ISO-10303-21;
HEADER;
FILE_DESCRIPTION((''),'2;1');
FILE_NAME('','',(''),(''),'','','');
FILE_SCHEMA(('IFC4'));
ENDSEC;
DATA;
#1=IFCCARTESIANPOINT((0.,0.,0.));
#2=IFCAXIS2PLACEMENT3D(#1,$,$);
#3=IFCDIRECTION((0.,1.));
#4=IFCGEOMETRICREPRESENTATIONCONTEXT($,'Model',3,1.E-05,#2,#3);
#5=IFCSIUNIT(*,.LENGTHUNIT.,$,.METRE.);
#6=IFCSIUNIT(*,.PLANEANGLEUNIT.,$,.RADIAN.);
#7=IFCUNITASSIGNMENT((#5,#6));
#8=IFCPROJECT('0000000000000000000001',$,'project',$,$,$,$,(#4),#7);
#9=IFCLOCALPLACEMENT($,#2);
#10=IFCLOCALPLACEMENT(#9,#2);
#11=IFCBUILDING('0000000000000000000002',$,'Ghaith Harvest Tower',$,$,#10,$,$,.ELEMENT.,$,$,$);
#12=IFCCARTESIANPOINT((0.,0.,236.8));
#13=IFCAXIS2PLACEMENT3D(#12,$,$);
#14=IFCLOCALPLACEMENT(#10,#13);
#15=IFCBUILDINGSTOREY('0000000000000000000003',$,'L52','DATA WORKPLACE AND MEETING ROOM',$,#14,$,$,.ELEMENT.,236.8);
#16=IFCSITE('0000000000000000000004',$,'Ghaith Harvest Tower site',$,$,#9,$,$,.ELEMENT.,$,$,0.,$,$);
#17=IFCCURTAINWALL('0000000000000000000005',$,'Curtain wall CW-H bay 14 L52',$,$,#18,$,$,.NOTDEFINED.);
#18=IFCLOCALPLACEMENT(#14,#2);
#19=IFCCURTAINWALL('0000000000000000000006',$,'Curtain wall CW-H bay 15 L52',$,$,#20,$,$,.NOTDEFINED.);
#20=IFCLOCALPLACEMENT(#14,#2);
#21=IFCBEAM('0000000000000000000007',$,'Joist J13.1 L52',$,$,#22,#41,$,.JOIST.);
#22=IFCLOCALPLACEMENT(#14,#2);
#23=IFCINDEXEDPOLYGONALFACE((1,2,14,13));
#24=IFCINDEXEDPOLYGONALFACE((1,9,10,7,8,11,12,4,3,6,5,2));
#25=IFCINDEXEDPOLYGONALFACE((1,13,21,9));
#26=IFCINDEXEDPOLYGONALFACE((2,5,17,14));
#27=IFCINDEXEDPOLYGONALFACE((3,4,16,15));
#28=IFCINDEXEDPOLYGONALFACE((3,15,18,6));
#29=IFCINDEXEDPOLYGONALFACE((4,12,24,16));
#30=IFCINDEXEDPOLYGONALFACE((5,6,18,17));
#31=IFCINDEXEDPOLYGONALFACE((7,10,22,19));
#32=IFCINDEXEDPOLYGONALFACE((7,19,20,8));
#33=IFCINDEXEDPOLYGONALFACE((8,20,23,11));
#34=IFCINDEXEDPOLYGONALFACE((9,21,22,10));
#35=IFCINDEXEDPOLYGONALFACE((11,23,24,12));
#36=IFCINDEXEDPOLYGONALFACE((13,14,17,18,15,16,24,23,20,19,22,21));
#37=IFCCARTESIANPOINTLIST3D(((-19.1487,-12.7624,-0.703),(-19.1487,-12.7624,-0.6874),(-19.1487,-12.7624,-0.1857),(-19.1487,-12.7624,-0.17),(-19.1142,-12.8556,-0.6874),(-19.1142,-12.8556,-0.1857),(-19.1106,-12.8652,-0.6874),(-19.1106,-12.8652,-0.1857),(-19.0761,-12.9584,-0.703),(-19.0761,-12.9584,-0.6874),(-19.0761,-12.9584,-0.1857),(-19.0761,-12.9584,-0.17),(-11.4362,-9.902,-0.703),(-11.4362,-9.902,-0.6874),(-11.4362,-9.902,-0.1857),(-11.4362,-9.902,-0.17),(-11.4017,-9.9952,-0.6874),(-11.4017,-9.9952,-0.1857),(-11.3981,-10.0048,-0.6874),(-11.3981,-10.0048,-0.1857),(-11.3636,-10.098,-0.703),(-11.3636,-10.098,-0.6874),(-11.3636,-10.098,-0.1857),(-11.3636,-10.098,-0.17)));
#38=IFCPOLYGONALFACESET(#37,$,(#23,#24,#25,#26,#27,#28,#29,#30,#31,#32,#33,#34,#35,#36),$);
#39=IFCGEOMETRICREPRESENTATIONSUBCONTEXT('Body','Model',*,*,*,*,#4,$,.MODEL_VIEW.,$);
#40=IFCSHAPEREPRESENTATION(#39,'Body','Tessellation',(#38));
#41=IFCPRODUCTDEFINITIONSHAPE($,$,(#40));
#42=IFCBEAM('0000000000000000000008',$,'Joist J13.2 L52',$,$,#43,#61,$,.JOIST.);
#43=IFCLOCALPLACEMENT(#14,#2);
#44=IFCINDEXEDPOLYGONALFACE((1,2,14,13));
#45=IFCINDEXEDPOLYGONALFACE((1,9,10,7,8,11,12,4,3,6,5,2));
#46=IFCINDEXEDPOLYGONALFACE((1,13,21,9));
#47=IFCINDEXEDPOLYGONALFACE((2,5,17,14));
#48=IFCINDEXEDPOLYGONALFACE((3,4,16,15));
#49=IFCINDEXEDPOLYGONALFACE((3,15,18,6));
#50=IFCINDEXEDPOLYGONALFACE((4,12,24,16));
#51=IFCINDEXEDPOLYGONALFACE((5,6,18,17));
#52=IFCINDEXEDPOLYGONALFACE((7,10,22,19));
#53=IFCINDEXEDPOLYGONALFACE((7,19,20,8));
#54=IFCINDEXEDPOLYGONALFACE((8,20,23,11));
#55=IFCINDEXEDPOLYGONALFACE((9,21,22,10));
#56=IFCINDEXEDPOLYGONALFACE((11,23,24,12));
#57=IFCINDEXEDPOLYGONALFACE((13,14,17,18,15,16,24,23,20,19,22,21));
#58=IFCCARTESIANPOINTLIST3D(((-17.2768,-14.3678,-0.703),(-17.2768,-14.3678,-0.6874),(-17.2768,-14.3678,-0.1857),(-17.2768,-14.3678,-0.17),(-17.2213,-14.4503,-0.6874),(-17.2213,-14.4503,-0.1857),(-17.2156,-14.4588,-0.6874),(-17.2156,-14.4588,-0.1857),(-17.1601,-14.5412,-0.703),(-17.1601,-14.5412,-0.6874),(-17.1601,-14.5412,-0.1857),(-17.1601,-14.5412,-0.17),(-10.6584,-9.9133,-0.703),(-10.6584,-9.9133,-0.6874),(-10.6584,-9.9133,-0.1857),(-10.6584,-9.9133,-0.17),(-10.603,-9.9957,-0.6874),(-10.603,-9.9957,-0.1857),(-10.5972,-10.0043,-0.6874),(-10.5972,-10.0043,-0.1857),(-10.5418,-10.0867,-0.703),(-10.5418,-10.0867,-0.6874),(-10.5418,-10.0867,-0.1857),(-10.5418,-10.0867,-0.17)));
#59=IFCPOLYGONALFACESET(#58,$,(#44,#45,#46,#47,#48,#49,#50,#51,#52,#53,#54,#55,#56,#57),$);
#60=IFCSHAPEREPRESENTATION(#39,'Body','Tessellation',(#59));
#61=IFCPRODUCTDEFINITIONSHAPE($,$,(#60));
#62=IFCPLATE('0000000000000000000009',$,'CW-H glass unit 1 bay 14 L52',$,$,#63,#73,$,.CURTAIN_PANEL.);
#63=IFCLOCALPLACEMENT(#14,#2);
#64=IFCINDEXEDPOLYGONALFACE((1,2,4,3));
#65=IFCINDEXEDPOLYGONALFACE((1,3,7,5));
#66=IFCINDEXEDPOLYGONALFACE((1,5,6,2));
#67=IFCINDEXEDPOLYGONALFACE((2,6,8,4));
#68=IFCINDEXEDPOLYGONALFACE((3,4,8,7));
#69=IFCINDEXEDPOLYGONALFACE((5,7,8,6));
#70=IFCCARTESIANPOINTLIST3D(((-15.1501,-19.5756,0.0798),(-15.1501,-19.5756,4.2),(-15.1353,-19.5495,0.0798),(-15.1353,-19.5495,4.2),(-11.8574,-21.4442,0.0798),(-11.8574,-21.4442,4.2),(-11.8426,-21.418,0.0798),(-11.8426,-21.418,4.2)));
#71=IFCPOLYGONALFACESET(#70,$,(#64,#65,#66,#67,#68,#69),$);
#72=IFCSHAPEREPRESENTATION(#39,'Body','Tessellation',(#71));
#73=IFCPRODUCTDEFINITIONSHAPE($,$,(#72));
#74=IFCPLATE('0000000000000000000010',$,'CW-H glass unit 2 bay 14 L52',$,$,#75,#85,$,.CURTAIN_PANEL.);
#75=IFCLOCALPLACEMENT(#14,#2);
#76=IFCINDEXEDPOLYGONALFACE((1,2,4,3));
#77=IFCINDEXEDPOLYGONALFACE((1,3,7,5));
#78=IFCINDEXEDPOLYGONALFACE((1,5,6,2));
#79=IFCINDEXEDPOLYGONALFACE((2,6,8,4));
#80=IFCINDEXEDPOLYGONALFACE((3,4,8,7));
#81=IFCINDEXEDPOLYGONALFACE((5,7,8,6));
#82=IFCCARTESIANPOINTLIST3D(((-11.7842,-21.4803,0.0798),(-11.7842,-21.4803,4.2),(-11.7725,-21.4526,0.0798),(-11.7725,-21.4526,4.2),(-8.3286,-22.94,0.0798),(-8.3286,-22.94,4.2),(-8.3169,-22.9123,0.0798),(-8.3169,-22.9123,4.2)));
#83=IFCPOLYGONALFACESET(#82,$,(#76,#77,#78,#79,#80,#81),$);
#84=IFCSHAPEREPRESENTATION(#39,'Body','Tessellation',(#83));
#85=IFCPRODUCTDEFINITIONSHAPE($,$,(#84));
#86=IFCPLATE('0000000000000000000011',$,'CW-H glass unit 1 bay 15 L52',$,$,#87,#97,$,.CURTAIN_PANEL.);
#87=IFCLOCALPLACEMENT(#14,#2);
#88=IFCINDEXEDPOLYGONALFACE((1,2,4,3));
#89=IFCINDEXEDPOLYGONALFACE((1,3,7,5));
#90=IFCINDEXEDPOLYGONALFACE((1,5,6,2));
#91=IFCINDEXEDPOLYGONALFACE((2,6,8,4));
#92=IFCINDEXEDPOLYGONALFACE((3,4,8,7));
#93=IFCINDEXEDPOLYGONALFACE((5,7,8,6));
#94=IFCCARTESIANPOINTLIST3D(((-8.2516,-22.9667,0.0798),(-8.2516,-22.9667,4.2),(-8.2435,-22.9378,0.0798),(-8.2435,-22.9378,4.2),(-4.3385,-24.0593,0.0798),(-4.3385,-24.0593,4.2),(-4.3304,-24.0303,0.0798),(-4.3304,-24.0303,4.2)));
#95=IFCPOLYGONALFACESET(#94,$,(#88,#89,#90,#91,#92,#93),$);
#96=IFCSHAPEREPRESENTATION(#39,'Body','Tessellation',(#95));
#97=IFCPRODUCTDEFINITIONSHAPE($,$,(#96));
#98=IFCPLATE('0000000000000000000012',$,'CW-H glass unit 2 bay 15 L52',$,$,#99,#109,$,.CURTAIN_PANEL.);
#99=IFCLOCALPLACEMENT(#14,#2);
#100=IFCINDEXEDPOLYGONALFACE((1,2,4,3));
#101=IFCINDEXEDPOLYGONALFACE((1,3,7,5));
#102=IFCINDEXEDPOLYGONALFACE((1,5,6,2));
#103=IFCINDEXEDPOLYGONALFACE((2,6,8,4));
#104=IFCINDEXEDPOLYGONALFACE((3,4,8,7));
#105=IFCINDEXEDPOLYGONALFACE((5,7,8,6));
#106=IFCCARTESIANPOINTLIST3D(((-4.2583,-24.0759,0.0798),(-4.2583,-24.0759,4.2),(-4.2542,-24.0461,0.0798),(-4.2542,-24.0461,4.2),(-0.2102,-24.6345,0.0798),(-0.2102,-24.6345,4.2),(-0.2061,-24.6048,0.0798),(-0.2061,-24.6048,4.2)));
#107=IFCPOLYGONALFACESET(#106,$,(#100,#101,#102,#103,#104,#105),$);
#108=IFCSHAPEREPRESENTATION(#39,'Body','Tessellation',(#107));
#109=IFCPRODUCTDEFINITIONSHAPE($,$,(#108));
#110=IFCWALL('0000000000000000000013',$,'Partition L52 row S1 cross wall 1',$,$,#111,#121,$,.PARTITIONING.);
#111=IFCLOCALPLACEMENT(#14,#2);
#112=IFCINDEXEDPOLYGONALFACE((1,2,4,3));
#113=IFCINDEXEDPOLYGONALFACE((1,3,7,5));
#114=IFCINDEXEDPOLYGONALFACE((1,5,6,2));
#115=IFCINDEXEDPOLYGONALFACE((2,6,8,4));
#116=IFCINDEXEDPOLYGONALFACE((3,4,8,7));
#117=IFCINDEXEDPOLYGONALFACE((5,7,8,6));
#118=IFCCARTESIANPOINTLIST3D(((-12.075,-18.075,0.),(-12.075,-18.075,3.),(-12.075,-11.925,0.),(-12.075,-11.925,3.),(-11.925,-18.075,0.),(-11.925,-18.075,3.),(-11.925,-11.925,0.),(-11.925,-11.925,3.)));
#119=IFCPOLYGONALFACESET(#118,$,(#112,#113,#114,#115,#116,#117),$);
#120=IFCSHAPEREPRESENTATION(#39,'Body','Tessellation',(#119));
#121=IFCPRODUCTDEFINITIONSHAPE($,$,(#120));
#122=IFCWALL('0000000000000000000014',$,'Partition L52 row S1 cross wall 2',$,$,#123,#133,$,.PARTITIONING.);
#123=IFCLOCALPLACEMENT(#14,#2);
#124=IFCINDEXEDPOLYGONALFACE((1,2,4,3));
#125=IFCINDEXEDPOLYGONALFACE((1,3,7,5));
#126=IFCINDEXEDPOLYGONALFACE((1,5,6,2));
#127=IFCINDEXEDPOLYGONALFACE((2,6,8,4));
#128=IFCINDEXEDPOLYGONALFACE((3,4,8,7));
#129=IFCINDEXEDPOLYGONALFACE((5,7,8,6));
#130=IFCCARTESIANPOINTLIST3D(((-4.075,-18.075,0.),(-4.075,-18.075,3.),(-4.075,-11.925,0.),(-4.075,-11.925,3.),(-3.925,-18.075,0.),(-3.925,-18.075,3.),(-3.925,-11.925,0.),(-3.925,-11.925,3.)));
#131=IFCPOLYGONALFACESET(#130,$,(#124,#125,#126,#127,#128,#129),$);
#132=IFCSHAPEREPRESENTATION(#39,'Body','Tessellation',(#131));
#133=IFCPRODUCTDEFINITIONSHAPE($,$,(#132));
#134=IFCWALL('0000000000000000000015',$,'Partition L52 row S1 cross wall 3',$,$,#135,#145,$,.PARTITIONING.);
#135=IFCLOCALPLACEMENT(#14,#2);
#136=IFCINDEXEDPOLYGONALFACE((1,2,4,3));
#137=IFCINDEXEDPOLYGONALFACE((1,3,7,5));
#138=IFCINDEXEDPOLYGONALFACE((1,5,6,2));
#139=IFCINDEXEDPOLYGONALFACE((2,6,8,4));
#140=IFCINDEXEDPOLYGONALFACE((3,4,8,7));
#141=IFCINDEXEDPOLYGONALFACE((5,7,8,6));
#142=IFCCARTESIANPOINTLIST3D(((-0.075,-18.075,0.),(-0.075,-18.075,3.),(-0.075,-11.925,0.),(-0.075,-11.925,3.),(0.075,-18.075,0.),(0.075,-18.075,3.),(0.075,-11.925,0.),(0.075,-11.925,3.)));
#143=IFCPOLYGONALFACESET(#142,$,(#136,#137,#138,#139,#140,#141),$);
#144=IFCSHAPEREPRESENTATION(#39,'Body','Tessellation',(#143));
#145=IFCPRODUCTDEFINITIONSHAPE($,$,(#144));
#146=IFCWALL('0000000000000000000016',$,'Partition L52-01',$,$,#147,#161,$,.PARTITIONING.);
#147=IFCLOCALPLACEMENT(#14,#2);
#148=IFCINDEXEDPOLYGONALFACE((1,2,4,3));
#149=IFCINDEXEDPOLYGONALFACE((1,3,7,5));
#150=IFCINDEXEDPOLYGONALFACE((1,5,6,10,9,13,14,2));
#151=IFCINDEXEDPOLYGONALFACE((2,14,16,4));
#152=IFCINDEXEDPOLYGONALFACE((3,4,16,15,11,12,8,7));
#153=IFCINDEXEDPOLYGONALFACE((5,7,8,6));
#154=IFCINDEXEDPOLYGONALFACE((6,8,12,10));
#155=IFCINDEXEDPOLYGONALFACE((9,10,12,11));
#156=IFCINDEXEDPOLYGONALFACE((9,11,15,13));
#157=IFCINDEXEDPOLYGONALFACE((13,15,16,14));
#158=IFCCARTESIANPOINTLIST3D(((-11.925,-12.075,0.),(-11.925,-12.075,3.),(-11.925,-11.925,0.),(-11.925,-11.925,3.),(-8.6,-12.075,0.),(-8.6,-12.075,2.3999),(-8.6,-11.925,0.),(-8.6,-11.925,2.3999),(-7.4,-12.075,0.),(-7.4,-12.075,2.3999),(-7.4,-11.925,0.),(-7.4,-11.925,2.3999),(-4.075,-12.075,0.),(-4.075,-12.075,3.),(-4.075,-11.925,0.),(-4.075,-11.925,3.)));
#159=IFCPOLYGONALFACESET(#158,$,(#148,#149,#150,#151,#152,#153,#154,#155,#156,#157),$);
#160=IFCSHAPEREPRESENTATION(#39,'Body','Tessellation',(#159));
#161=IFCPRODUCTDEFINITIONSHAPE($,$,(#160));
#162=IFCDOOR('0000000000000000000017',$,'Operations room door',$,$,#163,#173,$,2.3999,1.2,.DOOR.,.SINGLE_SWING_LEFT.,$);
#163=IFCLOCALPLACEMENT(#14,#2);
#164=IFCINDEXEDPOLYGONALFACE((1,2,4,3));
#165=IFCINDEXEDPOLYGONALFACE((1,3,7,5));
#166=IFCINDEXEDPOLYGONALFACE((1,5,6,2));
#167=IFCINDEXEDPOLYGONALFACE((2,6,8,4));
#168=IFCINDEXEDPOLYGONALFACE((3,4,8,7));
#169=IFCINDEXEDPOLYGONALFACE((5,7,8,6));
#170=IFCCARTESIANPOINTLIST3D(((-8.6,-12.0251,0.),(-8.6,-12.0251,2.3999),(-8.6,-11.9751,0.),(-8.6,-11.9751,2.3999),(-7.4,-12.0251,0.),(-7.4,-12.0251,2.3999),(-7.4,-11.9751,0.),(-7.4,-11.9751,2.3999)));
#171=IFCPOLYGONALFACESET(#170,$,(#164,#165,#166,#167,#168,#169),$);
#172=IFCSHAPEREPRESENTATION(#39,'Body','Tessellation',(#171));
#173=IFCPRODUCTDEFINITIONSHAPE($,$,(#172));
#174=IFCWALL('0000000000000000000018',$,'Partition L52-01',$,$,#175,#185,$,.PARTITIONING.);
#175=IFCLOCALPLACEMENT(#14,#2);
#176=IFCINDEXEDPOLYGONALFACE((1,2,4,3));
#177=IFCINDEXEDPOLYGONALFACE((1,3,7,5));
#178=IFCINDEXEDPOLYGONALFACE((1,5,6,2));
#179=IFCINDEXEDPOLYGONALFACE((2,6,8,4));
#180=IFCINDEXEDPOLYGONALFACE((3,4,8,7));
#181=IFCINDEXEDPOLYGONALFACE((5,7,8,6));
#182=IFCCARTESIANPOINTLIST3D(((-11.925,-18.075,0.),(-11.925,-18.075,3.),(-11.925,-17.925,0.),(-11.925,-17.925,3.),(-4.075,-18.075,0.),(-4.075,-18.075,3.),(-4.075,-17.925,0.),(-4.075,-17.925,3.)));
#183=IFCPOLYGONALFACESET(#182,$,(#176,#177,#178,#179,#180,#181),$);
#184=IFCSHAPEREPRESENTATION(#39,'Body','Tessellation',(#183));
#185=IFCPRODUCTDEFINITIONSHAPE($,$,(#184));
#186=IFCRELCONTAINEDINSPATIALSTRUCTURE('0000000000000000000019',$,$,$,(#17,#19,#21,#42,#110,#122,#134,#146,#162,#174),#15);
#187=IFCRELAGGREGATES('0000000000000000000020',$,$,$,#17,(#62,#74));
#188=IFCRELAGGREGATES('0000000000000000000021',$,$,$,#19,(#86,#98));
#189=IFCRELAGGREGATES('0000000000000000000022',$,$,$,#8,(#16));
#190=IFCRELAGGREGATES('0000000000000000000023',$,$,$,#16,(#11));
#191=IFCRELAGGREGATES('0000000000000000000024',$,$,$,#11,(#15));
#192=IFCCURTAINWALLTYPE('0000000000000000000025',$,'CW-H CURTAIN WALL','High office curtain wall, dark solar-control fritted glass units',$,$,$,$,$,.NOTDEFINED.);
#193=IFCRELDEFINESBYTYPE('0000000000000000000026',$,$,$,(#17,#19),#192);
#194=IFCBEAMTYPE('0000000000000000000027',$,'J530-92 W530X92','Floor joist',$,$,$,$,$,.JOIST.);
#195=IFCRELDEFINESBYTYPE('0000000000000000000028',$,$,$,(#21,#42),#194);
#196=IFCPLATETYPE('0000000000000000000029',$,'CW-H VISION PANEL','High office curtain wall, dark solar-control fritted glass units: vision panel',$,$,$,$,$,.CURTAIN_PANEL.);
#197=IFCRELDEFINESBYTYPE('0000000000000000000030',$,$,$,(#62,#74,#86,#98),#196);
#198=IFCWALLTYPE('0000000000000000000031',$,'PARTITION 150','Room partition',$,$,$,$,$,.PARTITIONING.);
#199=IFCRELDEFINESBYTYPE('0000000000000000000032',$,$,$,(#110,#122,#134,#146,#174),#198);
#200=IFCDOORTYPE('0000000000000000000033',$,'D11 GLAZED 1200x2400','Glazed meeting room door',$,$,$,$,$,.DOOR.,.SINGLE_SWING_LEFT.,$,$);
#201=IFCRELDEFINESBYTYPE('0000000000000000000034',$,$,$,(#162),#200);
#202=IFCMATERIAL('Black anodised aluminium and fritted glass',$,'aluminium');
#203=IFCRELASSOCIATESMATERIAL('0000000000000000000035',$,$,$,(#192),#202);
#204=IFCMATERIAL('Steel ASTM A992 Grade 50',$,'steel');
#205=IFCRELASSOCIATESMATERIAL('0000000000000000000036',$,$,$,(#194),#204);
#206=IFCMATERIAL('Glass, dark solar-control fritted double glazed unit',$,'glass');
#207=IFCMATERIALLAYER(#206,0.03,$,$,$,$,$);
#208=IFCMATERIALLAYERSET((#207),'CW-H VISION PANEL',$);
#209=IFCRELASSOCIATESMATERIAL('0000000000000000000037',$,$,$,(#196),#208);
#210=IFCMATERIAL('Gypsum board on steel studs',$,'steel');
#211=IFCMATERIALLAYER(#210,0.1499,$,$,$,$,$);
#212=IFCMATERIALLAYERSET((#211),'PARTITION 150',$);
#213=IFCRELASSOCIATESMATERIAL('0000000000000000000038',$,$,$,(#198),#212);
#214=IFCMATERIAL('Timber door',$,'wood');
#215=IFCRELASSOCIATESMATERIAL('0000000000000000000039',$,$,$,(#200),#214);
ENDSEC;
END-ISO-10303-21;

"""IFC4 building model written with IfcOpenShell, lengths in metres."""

from ifc_helpers import new_model, si_unit, direction, frame, frame_2d, origin, origin_2d, place, context, subcontext, project, spatial, rectangle, i_section, extrude, material, layer, layer_set, material_profile, profile_set, type_object, element, fill, aggregate, save


model = new_model("IFC4")

# Units and contexts
model_context = context("Model", 3, precision=1e-05, world=origin(), true_north=direction((0.0, 1.0)))
body_context = subcontext(model_context, "Body", "Model", "MODEL_VIEW")
ifc_project = project(units=[si_unit("LENGTHUNIT", "METRE"), si_unit("PLANEANGLEUNIT", "RADIAN")], contexts=[model_context])

# Site, building, storey
site_placement = place(None, origin())
site = spatial("IfcSite", under=ifc_project, at=site_placement, Name="Ghaith Harvest Tower site", CompositionType="ELEMENT", RefElevation=0.0)
building_placement = place(site_placement, origin())
building = spatial("IfcBuilding", under=site, at=building_placement, Name="Ghaith Harvest Tower", CompositionType="ELEMENT")
storey_placement = place(building_placement, frame((0.0, 0.0, 236.8)))
storey = spatial("IfcBuildingStorey", under=building, at=storey_placement, Name="L52", Description="DATA WORKPLACE AND MEETING ROOM", CompositionType="ELEMENT", Elevation=236.8)

# Curtain wall
ifc_material_1 = material(Name="Black anodised aluminium and fritted glass", Category="aluminium")
curtain_wall_type = type_object("IfcCurtainWallType", Name="CW-H CURTAIN WALL", Description="High office curtain wall, dark solar-control fritted glass units", PredefinedType="NOTDEFINED", material=ifc_material_1)
curtain_wall_1_placement = place(storey_placement, origin())
curtain_wall_1 = element("IfcCurtainWall", 1, at=curtain_wall_1_placement, inside=storey, type_object=curtain_wall_type, Name="Curtain wall CW-H bay 14 L52", PredefinedType="NOTDEFINED")

# Curtain wall
curtain_wall_2_placement = place(storey_placement, origin())
curtain_wall_2 = element("IfcCurtainWall", 2, at=curtain_wall_2_placement, inside=storey, type_object=curtain_wall_type, Name="Curtain wall CW-H bay 15 L52", PredefinedType="NOTDEFINED")

# Beams
ifc_material_2 = material(Name="Steel ASTM A992 Grade 50", Category="steel")
ifc_material_profile_1 = material_profile(ifc_material_2, i_section(OverallWidth=0.209, OverallDepth=0.533, WebThickness=0.0103, FlangeThickness=0.0156, at=origin_2d()), Name="W530X92")
ifc_profile_set_1 = profile_set([ifc_material_profile_1], Name="Steel ASTM A992 Grade 50")
beam_type_1 = type_object("IfcBeamType", Name="J530-92 W530X92", Description="Floor joist", PredefinedType="JOIST", material=ifc_profile_set_1)
beam_1_placement = place(storey_placement, frame((-11.3999, -10.0, -0.4365), z_axis=(-0.937594, -0.347732, 0.0), x_axis=(0.347732, -0.937594, 0.0)))
element("IfcBeam", 3, at=beam_1_placement, inside=storey, type_object=beam_type_1, Name="Joist J13.1 L52", PredefinedType="JOIST", context=body_context, shape_type="SweptSolid", body=[
    extrude(i_section(OverallWidth=0.209, OverallDepth=0.533, WebThickness=0.0103, FlangeThickness=0.0156, at=origin_2d()), origin(), (0.0, 0.0, 1.0), 8.2258),
])
beam_2_placement = place(storey_placement, frame((-10.6001, -10.0, -0.4365), z_axis=(-0.829594, -0.558367, 0.0), x_axis=(0.558367, -0.829594, 0.0)))
element("IfcBeam", 4, at=beam_2_placement, inside=storey, type_object=beam_type_1, Name="Joist J13.2 L52", PredefinedType="JOIST", context=body_context, shape_type="SweptSolid", body=[
    extrude(i_section(OverallWidth=0.209, OverallDepth=0.533, WebThickness=0.0103, FlangeThickness=0.0156, at=origin_2d()), origin(), (0.0, 0.0, 1.0), 7.9778),
])

# Plates
ifc_material_3 = material(Name="Glass, dark solar-control fritted double glazed unit", Category="glass")
ifc_layer_1 = layer(ifc_material_3, 0.03)
ifc_layer_set_1 = layer_set([ifc_layer_1], Name="CW-H VISION PANEL")
plate_type = type_object("IfcPlateType", Name="CW-H VISION PANEL", Description="High office curtain wall, dark solar-control fritted glass units: vision panel", PredefinedType="CURTAIN_PANEL", material=ifc_layer_set_1)
plate_1_placement = place(storey_placement, frame((-13.4963, -20.4968, 0.0798), z_axis=(0.0, 0.0, 1.0), x_axis=(0.869715, -0.493554, 0.0)))
plate_1 = element("IfcPlate", 5, at=plate_1_placement, type_object=plate_type, Name="CW-H glass unit 1 bay 14 L52", PredefinedType="CURTAIN_PANEL", context=body_context, shape_type="SweptSolid", body=[
    extrude(rectangle(XDim=3.7859, YDim=0.03, at=origin_2d()), origin(), (0.0, 0.0, 1.0), 4.1201),
])
plate_2_placement = place(storey_placement, frame((-10.0505, -22.1963, 0.0798), z_axis=(0.0, 0.0, 1.0), x_axis=(0.921182, -0.389133, 0.0)))
plate_2 = element("IfcPlate", 6, at=plate_2_placement, type_object=plate_type, Name="CW-H glass unit 2 bay 14 L52", PredefinedType="CURTAIN_PANEL", context=body_context, shape_type="SweptSolid", body=[
    extrude(rectangle(XDim=3.7512, YDim=0.03, at=origin_2d()), origin(), (0.0, 0.0, 1.0), 4.1201),
])
aggregate(curtain_wall_1, [plate_1, plate_2])
plate_3_placement = place(storey_placement, frame((-6.291, -23.4985, 0.0798), z_axis=(0.0, 0.0, 1.0), x_axis=(0.963163, -0.268919, 0.0)))
plate_3 = element("IfcPlate", 7, at=plate_3_placement, type_object=plate_type, Name="CW-H glass unit 1 bay 15 L52", PredefinedType="CURTAIN_PANEL", context=body_context, shape_type="SweptSolid", body=[
    extrude(rectangle(XDim=4.0627, YDim=0.03, at=origin_2d()), origin(), (0.0, 0.0, 1.0), 4.1201),
])
plate_4_placement = place(storey_placement, frame((-2.2322, -24.3403, 0.0798), z_axis=(0.0, 0.0, 1.0), x_axis=(0.990612, -0.136702, 0.0)))
plate_4 = element("IfcPlate", 8, at=plate_4_placement, type_object=plate_type, Name="CW-H glass unit 2 bay 15 L52", PredefinedType="CURTAIN_PANEL", context=body_context, shape_type="SweptSolid", body=[
    extrude(rectangle(XDim=4.0864, YDim=0.03, at=origin_2d()), origin(), (0.0, 0.0, 1.0), 4.1201),
])
aggregate(curtain_wall_2, [plate_3, plate_4])

# Walls
ifc_material_4 = material(Name="Gypsum board on steel studs", Category="steel")
ifc_layer_2 = layer(ifc_material_4, 0.1499)
ifc_layer_set_2 = layer_set([ifc_layer_2], Name="PARTITION 150")
wall_type = type_object("IfcWallType", Name="PARTITION 150", Description="Room partition", PredefinedType="PARTITIONING", material=ifc_layer_set_2)
for number, where, z_axis, x_axis, name in (
    (9, (-12.0, -11.925, 0.0), (0.0, 0.0, 1.0), (0.0, -1.0, 0.0), "Partition L52 row S1 cross wall 1"),
    (10, (-4.0, -11.925, 0.0), (0.0, 0.0, 1.0), (0.0, -1.0, 0.0), "Partition L52 row S1 cross wall 2"),
    (11, (0.0, -11.925, 0.0), (0.0, 0.0, 1.0), (0.0, -1.0, 0.0), "Partition L52 row S1 cross wall 3"),
):
    element("IfcWall", number, at=place(storey_placement, frame(where, z_axis=z_axis, x_axis=x_axis)), inside=storey, type_object=wall_type, Name=name, PredefinedType="PARTITIONING", context=body_context, shape_type="SweptSolid", body=[
        extrude(rectangle(XDim=6.1499, YDim=0.1499, at=frame_2d((3.075, 0.0))), origin(), (0.0, 0.0, 1.0), 3.0),
    ])

# Wall, opening, door
wall_1_placement = place(storey_placement, frame((-11.925, -12.0, 0.0), z_axis=(0.0, 0.0, 1.0), x_axis=(1.0, 0.0, 0.0)))
wall_1 = element("IfcWall", 12, at=wall_1_placement, inside=storey, type_object=wall_type, Name="Partition L52-01", PredefinedType="PARTITIONING", context=body_context, shape_type="SweptSolid", body=[
    extrude(rectangle(XDim=7.8501, YDim=0.1499, at=frame_2d((3.925, 0.0))), origin(), (0.0, 0.0, 1.0), 3.0),
])
opening_1_placement = place(wall_1_placement, frame((3.325, 0.0, 0.0)))
opening_1 = element("IfcOpeningElement", 13, at=opening_1_placement, cuts=wall_1, PredefinedType="OPENING", context=body_context, shape_type="SweptSolid", body=[
    extrude(rectangle(XDim=1.2, YDim=2.3999, at=frame_2d((0.6001, 1.2))), frame((0.0, 0.085, 0.0), z_axis=(0.0, -1.0, 0.0), x_axis=(1.0, 0.0, 0.0)), (0.0, 0.0, 1.0), 0.1699),
])
ifc_material_5 = material(Name="Timber door", Category="wood")
door_type_1 = type_object("IfcDoorType", Name="D11 GLAZED 1200x2400", Description="Glazed meeting room door", OperationType="SINGLE_SWING_LEFT", PredefinedType="DOOR", material=ifc_material_5)
door_1_placement = place(opening_1_placement, origin())
door_1 = element("IfcDoor", 14, at=door_1_placement, inside=storey, type_object=door_type_1, Name="Operations room door", OperationType="SINGLE_SWING_LEFT", OverallHeight=2.3999, OverallWidth=1.2, PredefinedType="DOOR", context=body_context, shape_type="SweptSolid", body=[
    extrude(rectangle(XDim=1.2, YDim=2.3999, at=frame_2d((0.6001, 1.2))), frame((0.0, 0.0249, 0.0), z_axis=(0.0, -1.0, 0.0), x_axis=(1.0, 0.0, 0.0)), (0.0, 0.0, 1.0), 0.05),
])
fill(opening_1, door_1)

# Wall
wall_2_placement = place(storey_placement, frame((-11.925, -18.0, 0.0), z_axis=(0.0, 0.0, 1.0), x_axis=(1.0, 0.0, 0.0)))
element("IfcWall", 15, at=wall_2_placement, inside=storey, type_object=wall_type, Name="Partition L52-01", PredefinedType="PARTITIONING", context=body_context, shape_type="SweptSolid", body=[
    extrude(rectangle(XDim=7.8501, YDim=0.1499, at=frame_2d((3.925, 0.0))), origin(), (0.0, 0.0, 1.0), 3.0),
])

save(model, "model.ifc")
